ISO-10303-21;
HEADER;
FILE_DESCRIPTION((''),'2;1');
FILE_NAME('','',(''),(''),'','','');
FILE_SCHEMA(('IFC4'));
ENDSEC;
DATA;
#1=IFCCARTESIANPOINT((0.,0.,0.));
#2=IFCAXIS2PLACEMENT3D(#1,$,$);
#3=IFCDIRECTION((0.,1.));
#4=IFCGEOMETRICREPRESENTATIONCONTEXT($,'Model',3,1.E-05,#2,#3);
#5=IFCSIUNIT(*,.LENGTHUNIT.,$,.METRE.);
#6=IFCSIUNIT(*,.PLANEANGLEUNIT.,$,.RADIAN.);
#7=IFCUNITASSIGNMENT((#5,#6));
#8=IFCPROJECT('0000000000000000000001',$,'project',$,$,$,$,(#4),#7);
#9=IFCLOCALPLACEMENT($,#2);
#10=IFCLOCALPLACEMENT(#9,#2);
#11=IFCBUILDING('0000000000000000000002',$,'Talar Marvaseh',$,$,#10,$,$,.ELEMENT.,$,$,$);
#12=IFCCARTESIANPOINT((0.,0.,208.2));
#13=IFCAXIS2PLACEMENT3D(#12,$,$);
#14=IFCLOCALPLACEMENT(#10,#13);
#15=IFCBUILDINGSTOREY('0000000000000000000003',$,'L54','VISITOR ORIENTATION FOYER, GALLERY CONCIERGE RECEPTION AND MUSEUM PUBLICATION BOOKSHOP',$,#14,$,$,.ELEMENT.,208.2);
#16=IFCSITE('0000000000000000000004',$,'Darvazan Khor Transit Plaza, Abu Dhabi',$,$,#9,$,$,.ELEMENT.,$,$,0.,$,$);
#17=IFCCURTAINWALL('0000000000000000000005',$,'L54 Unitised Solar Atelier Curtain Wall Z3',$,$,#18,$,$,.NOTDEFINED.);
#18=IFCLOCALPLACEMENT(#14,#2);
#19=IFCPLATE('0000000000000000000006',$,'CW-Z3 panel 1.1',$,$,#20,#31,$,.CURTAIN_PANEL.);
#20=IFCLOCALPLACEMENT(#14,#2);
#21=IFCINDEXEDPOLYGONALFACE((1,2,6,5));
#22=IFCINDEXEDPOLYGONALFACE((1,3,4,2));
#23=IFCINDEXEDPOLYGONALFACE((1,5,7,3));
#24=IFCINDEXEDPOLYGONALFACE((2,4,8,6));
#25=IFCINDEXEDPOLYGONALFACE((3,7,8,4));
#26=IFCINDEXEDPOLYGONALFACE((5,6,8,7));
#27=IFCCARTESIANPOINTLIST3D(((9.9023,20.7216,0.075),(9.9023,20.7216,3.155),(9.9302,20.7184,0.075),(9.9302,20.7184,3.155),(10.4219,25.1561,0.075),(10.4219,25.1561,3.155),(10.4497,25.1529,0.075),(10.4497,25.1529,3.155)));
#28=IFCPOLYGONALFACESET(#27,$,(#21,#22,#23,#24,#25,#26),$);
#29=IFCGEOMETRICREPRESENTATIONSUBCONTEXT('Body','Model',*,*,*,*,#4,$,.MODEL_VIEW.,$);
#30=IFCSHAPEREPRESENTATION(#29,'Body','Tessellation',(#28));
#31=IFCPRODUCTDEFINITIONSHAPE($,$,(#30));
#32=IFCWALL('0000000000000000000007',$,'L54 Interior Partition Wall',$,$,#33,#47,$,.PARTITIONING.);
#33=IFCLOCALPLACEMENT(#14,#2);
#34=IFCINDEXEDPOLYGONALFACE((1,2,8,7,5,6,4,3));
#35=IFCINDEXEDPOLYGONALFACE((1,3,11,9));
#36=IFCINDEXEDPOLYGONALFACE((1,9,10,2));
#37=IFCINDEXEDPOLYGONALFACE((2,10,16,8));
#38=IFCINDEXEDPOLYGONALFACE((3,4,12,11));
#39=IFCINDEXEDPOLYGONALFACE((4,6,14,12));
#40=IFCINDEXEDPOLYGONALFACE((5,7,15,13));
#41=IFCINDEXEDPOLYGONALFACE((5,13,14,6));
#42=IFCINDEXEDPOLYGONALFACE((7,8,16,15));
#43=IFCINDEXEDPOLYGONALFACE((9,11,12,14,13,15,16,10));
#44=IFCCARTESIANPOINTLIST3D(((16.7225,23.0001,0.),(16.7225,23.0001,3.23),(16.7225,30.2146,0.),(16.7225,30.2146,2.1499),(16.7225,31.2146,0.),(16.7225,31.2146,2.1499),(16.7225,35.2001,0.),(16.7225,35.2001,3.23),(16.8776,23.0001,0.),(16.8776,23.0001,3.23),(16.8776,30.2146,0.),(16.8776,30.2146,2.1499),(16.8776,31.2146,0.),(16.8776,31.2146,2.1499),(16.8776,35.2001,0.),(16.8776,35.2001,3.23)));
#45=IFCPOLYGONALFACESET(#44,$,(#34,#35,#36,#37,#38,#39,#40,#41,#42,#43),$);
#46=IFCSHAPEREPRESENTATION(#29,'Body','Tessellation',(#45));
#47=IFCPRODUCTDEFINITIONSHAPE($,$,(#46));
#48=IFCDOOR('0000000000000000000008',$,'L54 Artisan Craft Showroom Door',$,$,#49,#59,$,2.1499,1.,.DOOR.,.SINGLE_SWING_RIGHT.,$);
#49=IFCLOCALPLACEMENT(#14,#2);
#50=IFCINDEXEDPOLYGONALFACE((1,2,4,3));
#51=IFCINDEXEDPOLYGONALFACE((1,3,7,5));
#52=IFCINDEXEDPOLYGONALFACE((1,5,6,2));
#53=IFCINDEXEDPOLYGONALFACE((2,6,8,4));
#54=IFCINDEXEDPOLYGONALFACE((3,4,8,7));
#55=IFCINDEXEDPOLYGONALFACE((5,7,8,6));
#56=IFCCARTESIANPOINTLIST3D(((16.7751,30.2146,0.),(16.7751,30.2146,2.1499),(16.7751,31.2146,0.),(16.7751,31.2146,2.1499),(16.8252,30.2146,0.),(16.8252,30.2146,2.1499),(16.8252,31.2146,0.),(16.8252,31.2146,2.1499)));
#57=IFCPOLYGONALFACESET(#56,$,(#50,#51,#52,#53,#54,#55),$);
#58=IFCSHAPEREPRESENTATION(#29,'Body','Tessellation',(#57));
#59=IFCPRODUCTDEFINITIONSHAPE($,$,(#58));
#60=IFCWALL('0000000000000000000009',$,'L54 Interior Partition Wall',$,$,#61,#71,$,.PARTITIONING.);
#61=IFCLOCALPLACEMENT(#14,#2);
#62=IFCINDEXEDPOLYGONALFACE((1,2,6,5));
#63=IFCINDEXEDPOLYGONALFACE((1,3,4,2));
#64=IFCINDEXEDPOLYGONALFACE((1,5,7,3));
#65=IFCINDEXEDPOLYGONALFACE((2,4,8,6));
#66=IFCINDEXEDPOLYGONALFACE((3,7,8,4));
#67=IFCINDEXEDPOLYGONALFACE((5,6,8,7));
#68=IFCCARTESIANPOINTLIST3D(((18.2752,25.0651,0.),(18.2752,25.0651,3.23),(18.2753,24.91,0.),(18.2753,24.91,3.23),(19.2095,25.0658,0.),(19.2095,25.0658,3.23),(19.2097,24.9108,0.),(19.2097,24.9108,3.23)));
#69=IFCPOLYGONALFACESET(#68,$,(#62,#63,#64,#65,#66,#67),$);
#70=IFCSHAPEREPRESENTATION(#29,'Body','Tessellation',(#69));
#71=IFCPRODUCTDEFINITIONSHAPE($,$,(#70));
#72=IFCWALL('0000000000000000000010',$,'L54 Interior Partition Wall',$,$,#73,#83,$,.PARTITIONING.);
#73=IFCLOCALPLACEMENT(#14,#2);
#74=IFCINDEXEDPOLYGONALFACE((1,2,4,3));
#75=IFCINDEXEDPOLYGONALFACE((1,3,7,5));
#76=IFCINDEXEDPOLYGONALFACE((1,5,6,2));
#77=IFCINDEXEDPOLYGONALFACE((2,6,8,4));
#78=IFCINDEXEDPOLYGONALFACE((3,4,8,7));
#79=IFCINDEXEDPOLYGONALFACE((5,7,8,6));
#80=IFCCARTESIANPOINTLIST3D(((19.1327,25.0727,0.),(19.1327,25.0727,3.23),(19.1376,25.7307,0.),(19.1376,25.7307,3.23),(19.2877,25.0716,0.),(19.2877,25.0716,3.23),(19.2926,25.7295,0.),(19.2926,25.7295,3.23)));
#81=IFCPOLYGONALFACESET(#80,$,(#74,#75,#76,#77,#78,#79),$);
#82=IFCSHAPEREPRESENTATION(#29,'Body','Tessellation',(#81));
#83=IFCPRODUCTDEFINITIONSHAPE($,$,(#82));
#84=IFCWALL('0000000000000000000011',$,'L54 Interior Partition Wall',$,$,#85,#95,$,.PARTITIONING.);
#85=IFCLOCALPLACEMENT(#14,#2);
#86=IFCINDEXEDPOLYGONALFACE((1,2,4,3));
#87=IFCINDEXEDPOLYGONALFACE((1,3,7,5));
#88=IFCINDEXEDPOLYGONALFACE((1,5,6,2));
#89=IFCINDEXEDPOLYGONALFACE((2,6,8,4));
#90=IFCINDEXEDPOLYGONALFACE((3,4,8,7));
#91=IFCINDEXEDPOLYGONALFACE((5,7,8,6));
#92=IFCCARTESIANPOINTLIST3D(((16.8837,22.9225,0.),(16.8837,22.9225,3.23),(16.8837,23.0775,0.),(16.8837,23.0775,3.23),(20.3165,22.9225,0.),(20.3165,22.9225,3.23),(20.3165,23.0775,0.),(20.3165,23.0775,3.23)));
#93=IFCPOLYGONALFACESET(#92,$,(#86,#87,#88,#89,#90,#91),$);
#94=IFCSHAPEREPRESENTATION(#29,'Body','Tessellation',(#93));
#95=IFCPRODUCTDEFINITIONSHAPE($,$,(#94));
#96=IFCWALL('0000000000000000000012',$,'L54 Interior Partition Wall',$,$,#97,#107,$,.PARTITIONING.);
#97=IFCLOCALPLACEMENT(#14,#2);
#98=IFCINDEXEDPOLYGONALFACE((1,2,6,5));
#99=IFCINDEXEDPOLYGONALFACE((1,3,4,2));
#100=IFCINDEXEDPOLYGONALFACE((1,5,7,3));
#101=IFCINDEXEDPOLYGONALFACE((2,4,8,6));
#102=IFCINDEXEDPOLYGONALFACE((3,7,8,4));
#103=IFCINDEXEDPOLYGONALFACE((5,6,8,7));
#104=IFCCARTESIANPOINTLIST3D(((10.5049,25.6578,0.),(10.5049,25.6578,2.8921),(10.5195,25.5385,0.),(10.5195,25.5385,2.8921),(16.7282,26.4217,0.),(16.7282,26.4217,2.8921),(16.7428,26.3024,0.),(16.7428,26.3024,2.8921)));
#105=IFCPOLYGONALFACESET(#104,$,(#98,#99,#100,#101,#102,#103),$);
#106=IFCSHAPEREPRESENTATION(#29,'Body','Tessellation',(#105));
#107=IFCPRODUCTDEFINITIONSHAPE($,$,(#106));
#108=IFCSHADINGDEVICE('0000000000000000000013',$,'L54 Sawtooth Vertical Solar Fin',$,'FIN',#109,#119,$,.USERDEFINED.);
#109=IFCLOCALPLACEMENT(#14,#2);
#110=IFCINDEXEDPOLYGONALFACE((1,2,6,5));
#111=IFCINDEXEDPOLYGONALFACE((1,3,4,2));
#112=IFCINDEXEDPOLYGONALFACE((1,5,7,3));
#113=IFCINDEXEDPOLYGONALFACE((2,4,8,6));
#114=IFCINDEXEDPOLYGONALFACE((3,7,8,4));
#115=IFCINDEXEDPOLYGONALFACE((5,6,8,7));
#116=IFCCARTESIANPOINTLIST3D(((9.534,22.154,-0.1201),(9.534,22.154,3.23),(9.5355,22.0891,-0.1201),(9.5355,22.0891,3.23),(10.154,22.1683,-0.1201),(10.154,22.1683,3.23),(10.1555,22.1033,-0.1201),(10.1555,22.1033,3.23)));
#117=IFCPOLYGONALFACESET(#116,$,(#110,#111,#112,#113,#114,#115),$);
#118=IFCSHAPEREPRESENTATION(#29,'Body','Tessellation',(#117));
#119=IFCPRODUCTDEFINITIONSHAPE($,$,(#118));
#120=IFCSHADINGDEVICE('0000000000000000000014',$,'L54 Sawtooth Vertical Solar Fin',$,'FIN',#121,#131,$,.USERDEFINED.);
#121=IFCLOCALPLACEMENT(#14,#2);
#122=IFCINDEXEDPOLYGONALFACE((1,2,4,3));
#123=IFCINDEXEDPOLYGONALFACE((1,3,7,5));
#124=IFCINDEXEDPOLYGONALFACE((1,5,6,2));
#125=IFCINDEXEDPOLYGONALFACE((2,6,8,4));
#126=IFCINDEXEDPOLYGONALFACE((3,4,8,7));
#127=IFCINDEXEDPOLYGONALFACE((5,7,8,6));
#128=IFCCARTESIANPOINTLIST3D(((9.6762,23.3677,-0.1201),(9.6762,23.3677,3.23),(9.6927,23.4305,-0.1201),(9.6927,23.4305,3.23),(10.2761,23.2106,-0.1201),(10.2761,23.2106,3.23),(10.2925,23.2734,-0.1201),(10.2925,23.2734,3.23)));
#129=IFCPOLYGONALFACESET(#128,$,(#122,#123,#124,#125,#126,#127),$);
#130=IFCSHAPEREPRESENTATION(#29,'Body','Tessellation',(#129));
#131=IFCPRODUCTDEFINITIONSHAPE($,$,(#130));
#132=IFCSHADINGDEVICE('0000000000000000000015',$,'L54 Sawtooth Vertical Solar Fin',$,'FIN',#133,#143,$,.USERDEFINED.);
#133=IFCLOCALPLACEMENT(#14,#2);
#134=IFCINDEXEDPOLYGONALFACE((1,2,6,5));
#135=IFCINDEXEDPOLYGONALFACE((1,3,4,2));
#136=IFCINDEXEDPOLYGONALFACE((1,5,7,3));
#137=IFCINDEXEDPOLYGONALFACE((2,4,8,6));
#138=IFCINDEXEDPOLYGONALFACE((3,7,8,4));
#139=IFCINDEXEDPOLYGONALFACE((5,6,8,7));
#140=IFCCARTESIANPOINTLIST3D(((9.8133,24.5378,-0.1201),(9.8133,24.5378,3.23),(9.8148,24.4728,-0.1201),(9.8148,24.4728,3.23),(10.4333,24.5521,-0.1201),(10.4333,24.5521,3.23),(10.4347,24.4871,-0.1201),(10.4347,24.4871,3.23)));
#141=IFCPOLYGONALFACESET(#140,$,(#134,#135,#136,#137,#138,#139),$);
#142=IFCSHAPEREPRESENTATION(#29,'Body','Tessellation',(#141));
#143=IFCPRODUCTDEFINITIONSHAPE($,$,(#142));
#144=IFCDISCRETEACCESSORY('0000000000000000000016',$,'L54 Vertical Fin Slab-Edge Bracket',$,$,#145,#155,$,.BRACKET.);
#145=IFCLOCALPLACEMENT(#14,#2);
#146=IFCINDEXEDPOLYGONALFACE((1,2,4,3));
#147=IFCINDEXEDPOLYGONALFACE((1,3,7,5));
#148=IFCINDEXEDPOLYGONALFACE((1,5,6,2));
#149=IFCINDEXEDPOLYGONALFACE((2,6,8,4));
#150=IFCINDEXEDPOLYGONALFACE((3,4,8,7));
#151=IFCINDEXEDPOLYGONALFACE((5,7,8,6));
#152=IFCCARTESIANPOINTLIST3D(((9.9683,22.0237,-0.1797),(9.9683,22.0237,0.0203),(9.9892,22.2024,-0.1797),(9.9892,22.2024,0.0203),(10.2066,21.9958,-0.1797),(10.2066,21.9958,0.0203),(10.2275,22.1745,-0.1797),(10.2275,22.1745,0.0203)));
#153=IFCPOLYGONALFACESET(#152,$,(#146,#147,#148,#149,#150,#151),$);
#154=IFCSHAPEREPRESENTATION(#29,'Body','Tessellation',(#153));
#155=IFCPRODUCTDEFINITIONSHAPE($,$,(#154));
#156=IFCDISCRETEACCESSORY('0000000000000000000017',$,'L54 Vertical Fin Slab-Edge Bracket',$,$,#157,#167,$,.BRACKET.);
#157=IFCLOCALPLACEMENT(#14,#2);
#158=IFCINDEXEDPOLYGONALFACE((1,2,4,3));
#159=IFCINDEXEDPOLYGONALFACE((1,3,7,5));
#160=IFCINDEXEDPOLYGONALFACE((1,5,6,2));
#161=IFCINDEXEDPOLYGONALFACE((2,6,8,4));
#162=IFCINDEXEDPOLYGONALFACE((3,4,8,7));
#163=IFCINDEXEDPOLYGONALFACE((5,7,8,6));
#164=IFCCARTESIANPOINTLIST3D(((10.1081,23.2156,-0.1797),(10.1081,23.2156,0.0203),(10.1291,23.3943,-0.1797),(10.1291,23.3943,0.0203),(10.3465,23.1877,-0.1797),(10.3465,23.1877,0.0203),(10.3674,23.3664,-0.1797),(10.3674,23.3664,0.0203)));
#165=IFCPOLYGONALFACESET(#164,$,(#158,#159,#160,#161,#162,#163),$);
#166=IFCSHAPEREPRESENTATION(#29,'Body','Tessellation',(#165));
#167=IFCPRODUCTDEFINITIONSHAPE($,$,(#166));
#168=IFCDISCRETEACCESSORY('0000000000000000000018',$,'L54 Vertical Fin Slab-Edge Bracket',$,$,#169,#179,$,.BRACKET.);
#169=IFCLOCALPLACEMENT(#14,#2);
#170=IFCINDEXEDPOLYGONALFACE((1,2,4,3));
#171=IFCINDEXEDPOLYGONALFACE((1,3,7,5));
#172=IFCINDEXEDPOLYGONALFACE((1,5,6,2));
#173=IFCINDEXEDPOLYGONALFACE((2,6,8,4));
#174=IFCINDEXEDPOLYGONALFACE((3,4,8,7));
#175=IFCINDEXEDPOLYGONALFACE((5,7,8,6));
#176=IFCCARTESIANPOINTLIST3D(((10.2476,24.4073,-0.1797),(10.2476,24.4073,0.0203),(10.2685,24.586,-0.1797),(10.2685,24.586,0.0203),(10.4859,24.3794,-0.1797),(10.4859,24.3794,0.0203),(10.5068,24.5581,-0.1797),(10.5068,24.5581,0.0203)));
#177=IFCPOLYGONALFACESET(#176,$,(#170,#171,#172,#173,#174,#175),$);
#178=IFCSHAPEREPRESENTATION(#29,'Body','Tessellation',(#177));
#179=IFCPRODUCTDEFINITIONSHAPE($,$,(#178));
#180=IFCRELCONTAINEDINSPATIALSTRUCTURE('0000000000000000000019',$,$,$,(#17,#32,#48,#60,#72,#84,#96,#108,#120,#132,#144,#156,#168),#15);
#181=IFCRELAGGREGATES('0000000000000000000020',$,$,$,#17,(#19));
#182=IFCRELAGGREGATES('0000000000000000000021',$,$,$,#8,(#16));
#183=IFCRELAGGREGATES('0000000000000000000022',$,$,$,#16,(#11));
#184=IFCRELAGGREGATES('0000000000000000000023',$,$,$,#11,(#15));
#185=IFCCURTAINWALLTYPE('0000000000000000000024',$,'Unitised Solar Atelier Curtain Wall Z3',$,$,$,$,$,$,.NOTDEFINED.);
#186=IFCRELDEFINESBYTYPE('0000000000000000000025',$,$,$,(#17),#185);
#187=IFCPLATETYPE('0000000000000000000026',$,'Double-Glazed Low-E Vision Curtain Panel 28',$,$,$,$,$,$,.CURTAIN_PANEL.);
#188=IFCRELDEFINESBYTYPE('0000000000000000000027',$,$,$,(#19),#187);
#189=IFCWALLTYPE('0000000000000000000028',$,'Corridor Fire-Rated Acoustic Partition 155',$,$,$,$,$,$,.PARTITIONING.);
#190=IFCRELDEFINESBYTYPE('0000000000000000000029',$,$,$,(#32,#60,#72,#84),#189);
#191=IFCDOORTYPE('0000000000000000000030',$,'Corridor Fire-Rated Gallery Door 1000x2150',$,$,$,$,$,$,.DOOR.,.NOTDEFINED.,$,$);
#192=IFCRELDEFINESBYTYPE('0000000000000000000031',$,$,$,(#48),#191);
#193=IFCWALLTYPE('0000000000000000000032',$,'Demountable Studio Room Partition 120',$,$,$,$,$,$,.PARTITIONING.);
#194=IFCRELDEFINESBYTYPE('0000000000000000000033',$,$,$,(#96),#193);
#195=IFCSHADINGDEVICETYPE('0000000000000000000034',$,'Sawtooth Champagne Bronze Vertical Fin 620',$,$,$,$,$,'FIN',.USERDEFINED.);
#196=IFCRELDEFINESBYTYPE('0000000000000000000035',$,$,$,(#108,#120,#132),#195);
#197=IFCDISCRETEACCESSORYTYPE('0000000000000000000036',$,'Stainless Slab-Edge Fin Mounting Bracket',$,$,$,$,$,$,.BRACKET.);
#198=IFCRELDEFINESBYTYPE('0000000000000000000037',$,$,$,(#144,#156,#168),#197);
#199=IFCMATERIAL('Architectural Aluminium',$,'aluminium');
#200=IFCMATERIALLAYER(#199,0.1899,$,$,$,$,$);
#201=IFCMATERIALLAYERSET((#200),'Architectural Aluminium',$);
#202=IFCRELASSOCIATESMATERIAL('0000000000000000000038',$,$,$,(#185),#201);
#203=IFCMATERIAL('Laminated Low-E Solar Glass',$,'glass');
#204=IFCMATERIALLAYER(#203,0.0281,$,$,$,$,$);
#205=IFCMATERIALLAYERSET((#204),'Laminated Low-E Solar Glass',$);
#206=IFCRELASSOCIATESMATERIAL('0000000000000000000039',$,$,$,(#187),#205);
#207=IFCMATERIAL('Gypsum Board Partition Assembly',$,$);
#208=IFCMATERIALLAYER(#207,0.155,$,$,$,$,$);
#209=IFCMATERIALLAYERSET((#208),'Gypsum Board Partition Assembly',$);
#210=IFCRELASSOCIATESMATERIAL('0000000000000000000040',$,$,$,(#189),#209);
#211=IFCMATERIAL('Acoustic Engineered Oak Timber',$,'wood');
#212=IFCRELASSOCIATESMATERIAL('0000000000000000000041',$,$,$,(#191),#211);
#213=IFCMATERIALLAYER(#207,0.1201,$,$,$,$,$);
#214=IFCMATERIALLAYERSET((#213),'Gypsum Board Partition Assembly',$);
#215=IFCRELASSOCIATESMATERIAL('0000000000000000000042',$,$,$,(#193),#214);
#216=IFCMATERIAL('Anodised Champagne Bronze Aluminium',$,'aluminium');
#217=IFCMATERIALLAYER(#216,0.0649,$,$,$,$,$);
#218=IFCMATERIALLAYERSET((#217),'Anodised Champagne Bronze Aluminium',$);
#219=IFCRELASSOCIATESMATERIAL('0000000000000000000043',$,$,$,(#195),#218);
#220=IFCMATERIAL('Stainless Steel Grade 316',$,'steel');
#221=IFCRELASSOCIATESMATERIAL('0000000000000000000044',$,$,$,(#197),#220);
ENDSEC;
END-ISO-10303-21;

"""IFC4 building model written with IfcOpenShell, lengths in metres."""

from ifc_helpers import new_model, si_unit, direction, frame, frame_2d, origin, origin_2d, place, context, subcontext, project, spatial, rectangle, extrude, source, transform, mapped, material, layer, layer_set, type_object, type_shapes, element, fill, aggregate, save


model = new_model("IFC4")

# Units and contexts
model_context = context("Model", 3, precision=1e-05, world=origin(), true_north=direction((0.0, 1.0)))
body_context = subcontext(model_context, "Body", "Model", "MODEL_VIEW")
ifc_project = project(units=[si_unit("LENGTHUNIT", "METRE"), si_unit("PLANEANGLEUNIT", "RADIAN")], contexts=[model_context])

# Site, building, storey
site_placement = place(None, origin())
site = spatial("IfcSite", under=ifc_project, at=site_placement, Name="Darvazan Khor Transit Plaza, Abu Dhabi", CompositionType="ELEMENT", RefElevation=0.0)
building_placement = place(site_placement, origin())
building = spatial("IfcBuilding", under=site, at=building_placement, Name="Talar Marvaseh", CompositionType="ELEMENT")
storey_placement = place(building_placement, frame((0.0, 0.0, 208.2)))
storey = spatial("IfcBuildingStorey", under=building, at=storey_placement, Name="L54", Description="VISITOR ORIENTATION FOYER, GALLERY CONCIERGE RECEPTION AND MUSEUM PUBLICATION BOOKSHOP", CompositionType="ELEMENT", Elevation=208.2)

# Curtain wall, plate
ifc_material_1 = material(Name="Architectural Aluminium", Category="aluminium")
ifc_layer_1 = layer(ifc_material_1, 0.1899)
ifc_layer_set_1 = layer_set([ifc_layer_1], Name="Architectural Aluminium")
curtain_wall_type = type_object("IfcCurtainWallType", Name="Unitised Solar Atelier Curtain Wall Z3", PredefinedType="NOTDEFINED", material=ifc_layer_set_1)
curtain_wall_placement = place(storey_placement, origin())
curtain_wall = element("IfcCurtainWall", 1, at=curtain_wall_placement, inside=storey, type_object=curtain_wall_type, Name="L54 Unitised Solar Atelier Curtain Wall Z3", PredefinedType="NOTDEFINED")
ifc_material_2 = material(Name="Laminated Low-E Solar Glass", Category="glass")
ifc_layer_2 = layer(ifc_material_2, 0.0281)
ifc_layer_set_2 = layer_set([ifc_layer_2], Name="Laminated Low-E Solar Glass")
plate_type = type_object("IfcPlateType", Name="Double-Glazed Low-E Vision Curtain Panel 28", PredefinedType="CURTAIN_PANEL", material=ifc_layer_set_2)
shared_shape_1 = source(origin(), body_context, "Body", "SweptSolid", [
    extrude(rectangle(XDim=4.4648, YDim=0.0281, at=origin_2d()), origin(), (0.0, 0.0, 1.0), 3.0801),
])
type_shapes(plate_type, [shared_shape_1])
plate_placement = place(storey_placement, frame((10.176, 22.9373, 0.075), z_axis=(0.0, 0.0, 1.0), x_axis=(0.116366, 0.993206, 0.0)))
plate = element("IfcPlate", 2, at=plate_placement, type_object=plate_type, Name="CW-Z3 panel 1.1", PredefinedType="CURTAIN_PANEL", context=body_context, shape_type="MappedRepresentation", body=[
    mapped(shared_shape_1, transform((0.0, 0.0, 0.0), x_axis=(1.0, 0.0, 0.0), y_axis=(0.0, 1.0, 0.0), z_axis=(0.0, 0.0, 1.0), scale=1.0)),
])
aggregate(curtain_wall, [plate])

# Wall, opening, door
ifc_material_3 = material(Name="Gypsum Board Partition Assembly")
ifc_layer_3 = layer(ifc_material_3, 0.155)
ifc_layer_set_3 = layer_set([ifc_layer_3], Name="Gypsum Board Partition Assembly")
wall_type_1 = type_object("IfcWallType", Name="Corridor Fire-Rated Acoustic Partition 155", PredefinedType="PARTITIONING", material=ifc_layer_set_3)
wall_1_placement = place(storey_placement, frame((16.8, 23.0, 0.0), z_axis=(0.0, 0.0, 1.0), x_axis=(0.0, 1.0, 0.0)))
wall_1 = element("IfcWall", 3, at=wall_1_placement, inside=storey, type_object=wall_type_1, Name="L54 Interior Partition Wall", PredefinedType="PARTITIONING", context=body_context, shape_type="SweptSolid", body=[
    extrude(rectangle(XDim=12.2, YDim=0.155, at=frame_2d((6.1001, 0.0))), origin(), (0.0, 0.0, 1.0), 3.23),
])
opening_placement = place(wall_1_placement, frame((7.2146, 0.0, 0.0)))
opening = element("IfcOpeningElement", 4, at=opening_placement, cuts=wall_1, PredefinedType="OPENING", context=body_context, shape_type="SweptSolid", body=[
    extrude(rectangle(XDim=1.0, YDim=2.1499, at=frame_2d((0.5, 1.075))), frame((0.0, 0.0874, 0.0), z_axis=(0.0, -1.0, 0.0), x_axis=(1.0, 0.0, 0.0)), (0.0, 0.0, 1.0), 0.175),
])
ifc_material_4 = material(Name="Acoustic Engineered Oak Timber", Category="wood")
door_type = type_object("IfcDoorType", Name="Corridor Fire-Rated Gallery Door 1000x2150", OperationType="NOTDEFINED", PredefinedType="DOOR", material=ifc_material_4)
shared_shape_2 = source(origin(), body_context, "Body", "SweptSolid", [
    extrude(rectangle(XDim=1.0, YDim=2.1499, at=frame_2d((0.5, 1.075))), frame((0.0, 0.0249, 0.0), z_axis=(0.0, -1.0, 0.0), x_axis=(1.0, 0.0, 0.0)), (0.0, 0.0, 1.0), 0.05),
])
type_shapes(door_type, [shared_shape_2])
door_placement = place(opening_placement, origin())
door = element("IfcDoor", 5, at=door_placement, inside=storey, type_object=door_type, Name="L54 Artisan Craft Showroom Door", OperationType="SINGLE_SWING_RIGHT", OverallHeight=2.1499, OverallWidth=1.0, PredefinedType="DOOR", context=body_context, shape_type="MappedRepresentation", body=[
    mapped(shared_shape_2, transform((0.0, 0.0, 0.0), x_axis=(1.0, 0.0, 0.0), y_axis=(0.0, 1.0, 0.0), z_axis=(0.0, 0.0, 1.0), scale=1.0)),
])
fill(opening, door)

# Walls
wall_2_placement = place(storey_placement, frame((18.2751, 24.9875, 0.0), z_axis=(0.0, 0.0, 1.0), x_axis=(1.0, 0.000784, 0.0)))
element("IfcWall", 6, at=wall_2_placement, inside=storey, type_object=wall_type_1, Name="L54 Interior Partition Wall", PredefinedType="PARTITIONING", context=body_context, shape_type="SweptSolid", body=[
    extrude(rectangle(XDim=0.9343, YDim=0.155, at=frame_2d((0.4673, 0.0))), origin(), (0.0, 0.0, 1.0), 3.23),
])
wall_3_placement = place(storey_placement, frame((19.2102, 25.072, 0.0), z_axis=(0.0, 0.0, 1.0), x_axis=(0.007421, 0.999972, 0.0)))
element("IfcWall", 7, at=wall_3_placement, inside=storey, type_object=wall_type_1, Name="L54 Interior Partition Wall", PredefinedType="PARTITIONING", context=body_context, shape_type="SweptSolid", body=[
    extrude(rectangle(XDim=0.658, YDim=0.155, at=frame_2d((0.3291, 0.0))), origin(), (0.0, 0.0, 1.0), 3.23),
])
wall_4_placement = place(storey_placement, frame((20.3164, 23.0, 0.0), z_axis=(0.0, 0.0, 1.0), x_axis=(-1.0, 0.0, 0.0)))
element("IfcWall", 8, at=wall_4_placement, inside=storey, type_object=wall_type_1, Name="L54 Interior Partition Wall", PredefinedType="PARTITIONING", context=body_context, shape_type="SweptSolid", body=[
    extrude(rectangle(XDim=3.4329, YDim=0.155, at=frame_2d((1.7163, 0.0))), origin(), (0.0, 0.0, 1.0), 3.23),
])
ifc_layer_4 = layer(ifc_material_3, 0.1201)
ifc_layer_set_4 = layer_set([ifc_layer_4], Name="Gypsum Board Partition Assembly")
wall_type_2 = type_object("IfcWallType", Name="Demountable Studio Room Partition 120", PredefinedType="PARTITIONING", material=ifc_layer_set_4)
wall_5_placement = place(storey_placement, frame((10.5122, 25.5981, 0.0), z_axis=(0.0, 0.0, 1.0), x_axis=(0.99255, 0.121835, 0.0)))
element("IfcWall", 9, at=wall_5_placement, inside=storey, type_object=wall_type_2, Name="L54 Interior Partition Wall", PredefinedType="PARTITIONING", context=body_context, shape_type="SweptSolid", body=[
    extrude(rectangle(XDim=6.27, YDim=0.1201, at=frame_2d((3.135, 0.0))), origin(), (0.0, 0.0, 1.0), 2.8921),
])

# Shading devices
ifc_material_5 = material(Name="Anodised Champagne Bronze Aluminium", Category="aluminium")
ifc_layer_5 = layer(ifc_material_5, 0.0649)
ifc_layer_set_5 = layer_set([ifc_layer_5], Name="Anodised Champagne Bronze Aluminium")
shading_device_type = type_object("IfcShadingDeviceType", Name="Sawtooth Champagne Bronze Vertical Fin 620", ElementType="FIN", PredefinedType="USERDEFINED", material=ifc_layer_set_5)
shared_shape_3 = source(origin(), body_context, "Body", "SweptSolid", [
    extrude(rectangle(XDim=0.6201, YDim=0.0649, at=origin_2d()), origin(), (0.0, 0.0, 1.0), 3.3501),
])
type_shapes(shading_device_type, [shared_shape_3])
for number, where, z_axis, x_axis, name in (
    (10, (9.8447, 22.1287, -0.1201), (0.0, 0.0, 1.0), (-0.999735, -0.023036, 0.0), "L54 Sawtooth Vertical Solar Fin"),
    (11, (9.9844, 23.3206, -0.1201), (0.0, 0.0, 1.0), (-0.967356, 0.25342, 0.0), "L54 Sawtooth Vertical Solar Fin"),
    (12, (10.124, 24.5125, -0.1201), (0.0, 0.0, 1.0), (-0.999735, -0.023036, 0.0), "L54 Sawtooth Vertical Solar Fin"),
):
    element("IfcShadingDevice", number, at=place(storey_placement, frame(where, z_axis=z_axis, x_axis=x_axis)), inside=storey, type_object=shading_device_type, Name=name, ObjectType="FIN", PredefinedType="USERDEFINED", context=body_context, shape_type="MappedRepresentation", body=[
        mapped(shared_shape_3, transform((0.0, 0.0, 0.0), x_axis=(1.0, 0.0, 0.0), y_axis=(0.0, 1.0, 0.0), z_axis=(0.0, 0.0, 1.0), scale=1.0)),
    ])

# Discrete accessories
ifc_material_6 = material(Name="Stainless Steel Grade 316", Category="steel")
discrete_accessory_type = type_object("IfcDiscreteAccessoryType", Name="Stainless Slab-Edge Fin Mounting Bracket", PredefinedType="BRACKET", material=ifc_material_6)
shared_shape_4 = source(origin(), body_context, "Body", "SweptSolid", [
    extrude(rectangle(XDim=0.24, YDim=0.1799, at=origin_2d()), origin(), (0.0, 0.0, 1.0), 0.2),
])
type_shapes(discrete_accessory_type, [shared_shape_4])
for number, where, z_axis, x_axis, name in (
    (13, (10.0979, 22.0991, -0.1797), (0.0, 0.0, 1.0), (-0.993211, 0.116324, 0.0), "L54 Vertical Fin Slab-Edge Bracket"),
    (14, (10.2378, 23.291, -0.1797), (0.0, 0.0, 1.0), (-0.993211, 0.116324, 0.0), "L54 Vertical Fin Slab-Edge Bracket"),
    (15, (10.3772, 24.4827, -0.1797), (0.0, 0.0, 1.0), (-0.993211, 0.116324, 0.0), "L54 Vertical Fin Slab-Edge Bracket"),
):
    element("IfcDiscreteAccessory", number, at=place(storey_placement, frame(where, z_axis=z_axis, x_axis=x_axis)), inside=storey, type_object=discrete_accessory_type, Name=name, PredefinedType="BRACKET", context=body_context, shape_type="MappedRepresentation", body=[
        mapped(shared_shape_4, transform((0.0, 0.0, 0.0), x_axis=(1.0, 0.0, 0.0), y_axis=(0.0, 1.0, 0.0), z_axis=(0.0, 0.0, 1.0), scale=1.0)),
    ])

save(model, "model.ifc")
